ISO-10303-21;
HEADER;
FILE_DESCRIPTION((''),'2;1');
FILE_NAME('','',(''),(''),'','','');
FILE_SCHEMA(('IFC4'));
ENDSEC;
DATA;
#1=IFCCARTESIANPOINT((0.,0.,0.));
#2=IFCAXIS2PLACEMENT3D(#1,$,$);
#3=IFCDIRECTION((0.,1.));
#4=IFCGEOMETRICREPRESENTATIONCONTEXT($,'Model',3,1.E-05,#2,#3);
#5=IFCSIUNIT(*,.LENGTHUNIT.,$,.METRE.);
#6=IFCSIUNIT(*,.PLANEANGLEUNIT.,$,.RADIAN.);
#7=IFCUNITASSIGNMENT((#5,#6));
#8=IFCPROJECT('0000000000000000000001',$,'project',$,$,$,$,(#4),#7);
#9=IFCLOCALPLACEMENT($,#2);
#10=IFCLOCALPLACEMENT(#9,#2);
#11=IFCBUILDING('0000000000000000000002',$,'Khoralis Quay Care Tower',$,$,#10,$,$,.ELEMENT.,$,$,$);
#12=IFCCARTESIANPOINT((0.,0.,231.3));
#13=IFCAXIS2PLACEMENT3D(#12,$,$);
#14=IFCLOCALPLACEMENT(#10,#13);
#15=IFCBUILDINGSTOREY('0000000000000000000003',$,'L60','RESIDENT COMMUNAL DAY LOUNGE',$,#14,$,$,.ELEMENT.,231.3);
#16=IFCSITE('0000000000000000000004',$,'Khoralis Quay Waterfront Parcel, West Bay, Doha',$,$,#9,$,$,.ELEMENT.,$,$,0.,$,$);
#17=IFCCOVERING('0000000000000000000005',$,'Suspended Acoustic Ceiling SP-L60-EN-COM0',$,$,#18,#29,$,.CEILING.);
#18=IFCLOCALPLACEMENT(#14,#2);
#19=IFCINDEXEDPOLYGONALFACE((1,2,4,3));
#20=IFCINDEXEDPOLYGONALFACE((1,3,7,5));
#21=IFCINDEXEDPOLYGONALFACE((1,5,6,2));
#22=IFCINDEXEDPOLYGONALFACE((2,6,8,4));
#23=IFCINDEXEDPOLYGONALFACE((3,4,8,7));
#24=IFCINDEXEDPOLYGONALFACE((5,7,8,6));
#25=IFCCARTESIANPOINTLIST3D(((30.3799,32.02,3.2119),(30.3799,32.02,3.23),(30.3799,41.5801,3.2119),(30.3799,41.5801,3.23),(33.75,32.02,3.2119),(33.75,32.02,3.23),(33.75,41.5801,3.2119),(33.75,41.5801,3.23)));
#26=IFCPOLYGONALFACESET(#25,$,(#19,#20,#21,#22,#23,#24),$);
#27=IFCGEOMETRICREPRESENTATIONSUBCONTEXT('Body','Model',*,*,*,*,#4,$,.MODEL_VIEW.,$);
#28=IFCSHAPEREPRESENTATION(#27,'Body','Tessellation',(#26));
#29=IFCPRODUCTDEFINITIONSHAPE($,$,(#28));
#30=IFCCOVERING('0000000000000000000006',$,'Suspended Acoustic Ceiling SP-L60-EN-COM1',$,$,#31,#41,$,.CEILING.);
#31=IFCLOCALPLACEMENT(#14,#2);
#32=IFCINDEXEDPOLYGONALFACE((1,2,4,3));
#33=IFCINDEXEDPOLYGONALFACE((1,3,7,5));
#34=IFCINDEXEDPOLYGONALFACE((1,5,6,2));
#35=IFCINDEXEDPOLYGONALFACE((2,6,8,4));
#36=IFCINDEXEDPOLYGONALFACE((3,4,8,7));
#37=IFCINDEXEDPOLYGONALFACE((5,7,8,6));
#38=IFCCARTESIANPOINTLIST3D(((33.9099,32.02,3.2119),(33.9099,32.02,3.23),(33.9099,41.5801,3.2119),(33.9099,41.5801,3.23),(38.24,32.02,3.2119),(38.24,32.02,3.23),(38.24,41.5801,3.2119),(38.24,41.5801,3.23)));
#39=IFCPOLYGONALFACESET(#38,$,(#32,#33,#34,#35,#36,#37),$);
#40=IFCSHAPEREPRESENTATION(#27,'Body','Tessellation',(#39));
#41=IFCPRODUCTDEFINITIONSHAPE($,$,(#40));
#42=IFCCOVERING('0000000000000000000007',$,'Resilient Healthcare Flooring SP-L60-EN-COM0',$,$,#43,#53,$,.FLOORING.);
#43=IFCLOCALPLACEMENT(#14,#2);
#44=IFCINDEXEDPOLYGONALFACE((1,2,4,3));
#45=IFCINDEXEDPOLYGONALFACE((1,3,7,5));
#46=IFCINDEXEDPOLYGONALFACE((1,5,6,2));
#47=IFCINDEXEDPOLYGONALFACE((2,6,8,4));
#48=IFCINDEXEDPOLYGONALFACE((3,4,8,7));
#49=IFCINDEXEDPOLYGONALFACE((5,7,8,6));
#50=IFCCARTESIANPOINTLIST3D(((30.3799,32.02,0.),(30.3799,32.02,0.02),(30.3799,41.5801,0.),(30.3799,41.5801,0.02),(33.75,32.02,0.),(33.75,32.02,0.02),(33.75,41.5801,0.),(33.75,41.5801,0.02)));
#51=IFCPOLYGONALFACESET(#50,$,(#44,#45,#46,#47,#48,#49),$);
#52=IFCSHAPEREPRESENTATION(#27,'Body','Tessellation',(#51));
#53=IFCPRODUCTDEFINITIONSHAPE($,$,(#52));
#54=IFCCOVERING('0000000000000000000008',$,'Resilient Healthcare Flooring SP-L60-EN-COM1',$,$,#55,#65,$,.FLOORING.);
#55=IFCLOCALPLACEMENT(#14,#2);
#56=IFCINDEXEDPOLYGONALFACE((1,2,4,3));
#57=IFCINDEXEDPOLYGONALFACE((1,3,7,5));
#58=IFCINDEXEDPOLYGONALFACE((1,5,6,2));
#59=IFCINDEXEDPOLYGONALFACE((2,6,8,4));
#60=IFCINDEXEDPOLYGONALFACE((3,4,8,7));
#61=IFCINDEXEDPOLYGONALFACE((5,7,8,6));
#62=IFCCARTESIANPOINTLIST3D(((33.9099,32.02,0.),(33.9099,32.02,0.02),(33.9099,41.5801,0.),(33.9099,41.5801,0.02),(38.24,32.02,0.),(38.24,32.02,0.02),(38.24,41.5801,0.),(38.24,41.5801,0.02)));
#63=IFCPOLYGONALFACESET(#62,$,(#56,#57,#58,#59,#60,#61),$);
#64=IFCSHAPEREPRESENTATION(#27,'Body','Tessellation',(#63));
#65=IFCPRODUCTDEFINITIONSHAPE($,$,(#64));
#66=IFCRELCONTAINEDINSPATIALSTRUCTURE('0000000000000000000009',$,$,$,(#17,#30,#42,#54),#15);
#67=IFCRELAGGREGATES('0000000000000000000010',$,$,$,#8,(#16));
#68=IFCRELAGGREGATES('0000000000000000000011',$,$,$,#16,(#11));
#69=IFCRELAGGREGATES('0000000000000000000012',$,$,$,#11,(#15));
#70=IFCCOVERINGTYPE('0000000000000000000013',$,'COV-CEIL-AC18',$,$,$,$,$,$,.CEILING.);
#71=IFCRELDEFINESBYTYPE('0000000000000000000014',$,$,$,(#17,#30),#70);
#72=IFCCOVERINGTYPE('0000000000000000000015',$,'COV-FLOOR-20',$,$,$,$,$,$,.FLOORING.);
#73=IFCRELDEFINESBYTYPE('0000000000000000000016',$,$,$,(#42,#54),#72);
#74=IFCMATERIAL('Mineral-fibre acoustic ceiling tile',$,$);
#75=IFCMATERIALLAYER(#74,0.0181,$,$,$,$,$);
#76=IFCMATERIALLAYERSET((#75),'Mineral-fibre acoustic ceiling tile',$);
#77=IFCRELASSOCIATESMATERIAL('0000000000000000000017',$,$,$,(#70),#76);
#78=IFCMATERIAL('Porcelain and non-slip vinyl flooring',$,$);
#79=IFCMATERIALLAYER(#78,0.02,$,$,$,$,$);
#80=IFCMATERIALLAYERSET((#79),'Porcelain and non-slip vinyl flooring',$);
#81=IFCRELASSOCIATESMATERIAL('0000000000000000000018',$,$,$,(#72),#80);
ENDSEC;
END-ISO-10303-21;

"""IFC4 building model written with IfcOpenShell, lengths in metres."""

from ifc_helpers import new_model, si_unit, direction, frame, origin, place, context, subcontext, project, spatial, polyline, outline, extrude, material, layer, layer_set, type_object, element, save


model = new_model("IFC4")

# Units and contexts
model_context = context("Model", 3, precision=1e-05, world=origin(), true_north=direction((0.0, 1.0)))
body_context = subcontext(model_context, "Body", "Model", "MODEL_VIEW")
ifc_project = project(units=[si_unit("LENGTHUNIT", "METRE"), si_unit("PLANEANGLEUNIT", "RADIAN")], contexts=[model_context])

# Site, building, storey
site_placement = place(None, origin())
site = spatial("IfcSite", under=ifc_project, at=site_placement, Name="Khoralis Quay Waterfront Parcel, West Bay, Doha", CompositionType="ELEMENT", RefElevation=0.0)
building_placement = place(site_placement, origin())
building = spatial("IfcBuilding", under=site, at=building_placement, Name="Khoralis Quay Care Tower", CompositionType="ELEMENT")
storey_placement = place(building_placement, frame((0.0, 0.0, 231.3)))
storey = spatial("IfcBuildingStorey", under=building, at=storey_placement, Name="L60", Description="RESIDENT COMMUNAL DAY LOUNGE", CompositionType="ELEMENT", Elevation=231.3)

# Coverings
ifc_material_1 = material(Name="Mineral-fibre acoustic ceiling tile")
ifc_layer_1 = layer(ifc_material_1, 0.0181)
ifc_layer_set_1 = layer_set([ifc_layer_1], Name="Mineral-fibre acoustic ceiling tile")
covering_type_1 = type_object("IfcCoveringType", Name="COV-CEIL-AC18", PredefinedType="CEILING", material=ifc_layer_set_1)
covering_1_placement = place(storey_placement, frame((0.0, 0.0, 3.2119)))
element("IfcCovering", 1, at=covering_1_placement, inside=storey, type_object=covering_type_1, Name="Suspended Acoustic Ceiling SP-L60-EN-COM0", PredefinedType="CEILING", context=body_context, shape_type="SweptSolid", body=[
    extrude(outline(polyline([(30.3799, 32.02), (33.75, 32.02), (33.75, 41.5801), (30.3799, 41.5801), (30.3799, 32.02)])), origin(), (0.0, 0.0, 1.0), 0.0181),
])
covering_2_placement = place(storey_placement, frame((0.0, 0.0, 3.2119)))
element("IfcCovering", 2, at=covering_2_placement, inside=storey, type_object=covering_type_1, Name="Suspended Acoustic Ceiling SP-L60-EN-COM1", PredefinedType="CEILING", context=body_context, shape_type="SweptSolid", body=[
    extrude(outline(polyline([(33.9099, 32.02), (38.24, 32.02), (38.24, 41.5801), (33.9099, 41.5801), (33.9099, 32.02)])), origin(), (0.0, 0.0, 1.0), 0.0181),
])
ifc_material_2 = material(Name="Porcelain and non-slip vinyl flooring")
ifc_layer_2 = layer(ifc_material_2, 0.02)
ifc_layer_set_2 = layer_set([ifc_layer_2], Name="Porcelain and non-slip vinyl flooring")
covering_type_2 = type_object("IfcCoveringType", Name="COV-FLOOR-20", PredefinedType="FLOORING", material=ifc_layer_set_2)
covering_3_placement = place(storey_placement, origin())
element("IfcCovering", 3, at=covering_3_placement, inside=storey, type_object=covering_type_2, Name="Resilient Healthcare Flooring SP-L60-EN-COM0", PredefinedType="FLOORING", context=body_context, shape_type="SweptSolid", body=[
    extrude(outline(polyline([(30.3799, 32.02), (33.75, 32.02), (33.75, 41.5801), (30.3799, 41.5801), (30.3799, 32.02)])), origin(), (0.0, 0.0, 1.0), 0.02),
])
covering_4_placement = place(storey_placement, origin())
element("IfcCovering", 4, at=covering_4_placement, inside=storey, type_object=covering_type_2, Name="Resilient Healthcare Flooring SP-L60-EN-COM1", PredefinedType="FLOORING", context=body_context, shape_type="SweptSolid", body=[
    extrude(outline(polyline([(33.9099, 32.02), (38.24, 32.02), (38.24, 41.5801), (33.9099, 41.5801), (33.9099, 32.02)])), origin(), (0.0, 0.0, 1.0), 0.02),
])

save(model, "model.ifc")
